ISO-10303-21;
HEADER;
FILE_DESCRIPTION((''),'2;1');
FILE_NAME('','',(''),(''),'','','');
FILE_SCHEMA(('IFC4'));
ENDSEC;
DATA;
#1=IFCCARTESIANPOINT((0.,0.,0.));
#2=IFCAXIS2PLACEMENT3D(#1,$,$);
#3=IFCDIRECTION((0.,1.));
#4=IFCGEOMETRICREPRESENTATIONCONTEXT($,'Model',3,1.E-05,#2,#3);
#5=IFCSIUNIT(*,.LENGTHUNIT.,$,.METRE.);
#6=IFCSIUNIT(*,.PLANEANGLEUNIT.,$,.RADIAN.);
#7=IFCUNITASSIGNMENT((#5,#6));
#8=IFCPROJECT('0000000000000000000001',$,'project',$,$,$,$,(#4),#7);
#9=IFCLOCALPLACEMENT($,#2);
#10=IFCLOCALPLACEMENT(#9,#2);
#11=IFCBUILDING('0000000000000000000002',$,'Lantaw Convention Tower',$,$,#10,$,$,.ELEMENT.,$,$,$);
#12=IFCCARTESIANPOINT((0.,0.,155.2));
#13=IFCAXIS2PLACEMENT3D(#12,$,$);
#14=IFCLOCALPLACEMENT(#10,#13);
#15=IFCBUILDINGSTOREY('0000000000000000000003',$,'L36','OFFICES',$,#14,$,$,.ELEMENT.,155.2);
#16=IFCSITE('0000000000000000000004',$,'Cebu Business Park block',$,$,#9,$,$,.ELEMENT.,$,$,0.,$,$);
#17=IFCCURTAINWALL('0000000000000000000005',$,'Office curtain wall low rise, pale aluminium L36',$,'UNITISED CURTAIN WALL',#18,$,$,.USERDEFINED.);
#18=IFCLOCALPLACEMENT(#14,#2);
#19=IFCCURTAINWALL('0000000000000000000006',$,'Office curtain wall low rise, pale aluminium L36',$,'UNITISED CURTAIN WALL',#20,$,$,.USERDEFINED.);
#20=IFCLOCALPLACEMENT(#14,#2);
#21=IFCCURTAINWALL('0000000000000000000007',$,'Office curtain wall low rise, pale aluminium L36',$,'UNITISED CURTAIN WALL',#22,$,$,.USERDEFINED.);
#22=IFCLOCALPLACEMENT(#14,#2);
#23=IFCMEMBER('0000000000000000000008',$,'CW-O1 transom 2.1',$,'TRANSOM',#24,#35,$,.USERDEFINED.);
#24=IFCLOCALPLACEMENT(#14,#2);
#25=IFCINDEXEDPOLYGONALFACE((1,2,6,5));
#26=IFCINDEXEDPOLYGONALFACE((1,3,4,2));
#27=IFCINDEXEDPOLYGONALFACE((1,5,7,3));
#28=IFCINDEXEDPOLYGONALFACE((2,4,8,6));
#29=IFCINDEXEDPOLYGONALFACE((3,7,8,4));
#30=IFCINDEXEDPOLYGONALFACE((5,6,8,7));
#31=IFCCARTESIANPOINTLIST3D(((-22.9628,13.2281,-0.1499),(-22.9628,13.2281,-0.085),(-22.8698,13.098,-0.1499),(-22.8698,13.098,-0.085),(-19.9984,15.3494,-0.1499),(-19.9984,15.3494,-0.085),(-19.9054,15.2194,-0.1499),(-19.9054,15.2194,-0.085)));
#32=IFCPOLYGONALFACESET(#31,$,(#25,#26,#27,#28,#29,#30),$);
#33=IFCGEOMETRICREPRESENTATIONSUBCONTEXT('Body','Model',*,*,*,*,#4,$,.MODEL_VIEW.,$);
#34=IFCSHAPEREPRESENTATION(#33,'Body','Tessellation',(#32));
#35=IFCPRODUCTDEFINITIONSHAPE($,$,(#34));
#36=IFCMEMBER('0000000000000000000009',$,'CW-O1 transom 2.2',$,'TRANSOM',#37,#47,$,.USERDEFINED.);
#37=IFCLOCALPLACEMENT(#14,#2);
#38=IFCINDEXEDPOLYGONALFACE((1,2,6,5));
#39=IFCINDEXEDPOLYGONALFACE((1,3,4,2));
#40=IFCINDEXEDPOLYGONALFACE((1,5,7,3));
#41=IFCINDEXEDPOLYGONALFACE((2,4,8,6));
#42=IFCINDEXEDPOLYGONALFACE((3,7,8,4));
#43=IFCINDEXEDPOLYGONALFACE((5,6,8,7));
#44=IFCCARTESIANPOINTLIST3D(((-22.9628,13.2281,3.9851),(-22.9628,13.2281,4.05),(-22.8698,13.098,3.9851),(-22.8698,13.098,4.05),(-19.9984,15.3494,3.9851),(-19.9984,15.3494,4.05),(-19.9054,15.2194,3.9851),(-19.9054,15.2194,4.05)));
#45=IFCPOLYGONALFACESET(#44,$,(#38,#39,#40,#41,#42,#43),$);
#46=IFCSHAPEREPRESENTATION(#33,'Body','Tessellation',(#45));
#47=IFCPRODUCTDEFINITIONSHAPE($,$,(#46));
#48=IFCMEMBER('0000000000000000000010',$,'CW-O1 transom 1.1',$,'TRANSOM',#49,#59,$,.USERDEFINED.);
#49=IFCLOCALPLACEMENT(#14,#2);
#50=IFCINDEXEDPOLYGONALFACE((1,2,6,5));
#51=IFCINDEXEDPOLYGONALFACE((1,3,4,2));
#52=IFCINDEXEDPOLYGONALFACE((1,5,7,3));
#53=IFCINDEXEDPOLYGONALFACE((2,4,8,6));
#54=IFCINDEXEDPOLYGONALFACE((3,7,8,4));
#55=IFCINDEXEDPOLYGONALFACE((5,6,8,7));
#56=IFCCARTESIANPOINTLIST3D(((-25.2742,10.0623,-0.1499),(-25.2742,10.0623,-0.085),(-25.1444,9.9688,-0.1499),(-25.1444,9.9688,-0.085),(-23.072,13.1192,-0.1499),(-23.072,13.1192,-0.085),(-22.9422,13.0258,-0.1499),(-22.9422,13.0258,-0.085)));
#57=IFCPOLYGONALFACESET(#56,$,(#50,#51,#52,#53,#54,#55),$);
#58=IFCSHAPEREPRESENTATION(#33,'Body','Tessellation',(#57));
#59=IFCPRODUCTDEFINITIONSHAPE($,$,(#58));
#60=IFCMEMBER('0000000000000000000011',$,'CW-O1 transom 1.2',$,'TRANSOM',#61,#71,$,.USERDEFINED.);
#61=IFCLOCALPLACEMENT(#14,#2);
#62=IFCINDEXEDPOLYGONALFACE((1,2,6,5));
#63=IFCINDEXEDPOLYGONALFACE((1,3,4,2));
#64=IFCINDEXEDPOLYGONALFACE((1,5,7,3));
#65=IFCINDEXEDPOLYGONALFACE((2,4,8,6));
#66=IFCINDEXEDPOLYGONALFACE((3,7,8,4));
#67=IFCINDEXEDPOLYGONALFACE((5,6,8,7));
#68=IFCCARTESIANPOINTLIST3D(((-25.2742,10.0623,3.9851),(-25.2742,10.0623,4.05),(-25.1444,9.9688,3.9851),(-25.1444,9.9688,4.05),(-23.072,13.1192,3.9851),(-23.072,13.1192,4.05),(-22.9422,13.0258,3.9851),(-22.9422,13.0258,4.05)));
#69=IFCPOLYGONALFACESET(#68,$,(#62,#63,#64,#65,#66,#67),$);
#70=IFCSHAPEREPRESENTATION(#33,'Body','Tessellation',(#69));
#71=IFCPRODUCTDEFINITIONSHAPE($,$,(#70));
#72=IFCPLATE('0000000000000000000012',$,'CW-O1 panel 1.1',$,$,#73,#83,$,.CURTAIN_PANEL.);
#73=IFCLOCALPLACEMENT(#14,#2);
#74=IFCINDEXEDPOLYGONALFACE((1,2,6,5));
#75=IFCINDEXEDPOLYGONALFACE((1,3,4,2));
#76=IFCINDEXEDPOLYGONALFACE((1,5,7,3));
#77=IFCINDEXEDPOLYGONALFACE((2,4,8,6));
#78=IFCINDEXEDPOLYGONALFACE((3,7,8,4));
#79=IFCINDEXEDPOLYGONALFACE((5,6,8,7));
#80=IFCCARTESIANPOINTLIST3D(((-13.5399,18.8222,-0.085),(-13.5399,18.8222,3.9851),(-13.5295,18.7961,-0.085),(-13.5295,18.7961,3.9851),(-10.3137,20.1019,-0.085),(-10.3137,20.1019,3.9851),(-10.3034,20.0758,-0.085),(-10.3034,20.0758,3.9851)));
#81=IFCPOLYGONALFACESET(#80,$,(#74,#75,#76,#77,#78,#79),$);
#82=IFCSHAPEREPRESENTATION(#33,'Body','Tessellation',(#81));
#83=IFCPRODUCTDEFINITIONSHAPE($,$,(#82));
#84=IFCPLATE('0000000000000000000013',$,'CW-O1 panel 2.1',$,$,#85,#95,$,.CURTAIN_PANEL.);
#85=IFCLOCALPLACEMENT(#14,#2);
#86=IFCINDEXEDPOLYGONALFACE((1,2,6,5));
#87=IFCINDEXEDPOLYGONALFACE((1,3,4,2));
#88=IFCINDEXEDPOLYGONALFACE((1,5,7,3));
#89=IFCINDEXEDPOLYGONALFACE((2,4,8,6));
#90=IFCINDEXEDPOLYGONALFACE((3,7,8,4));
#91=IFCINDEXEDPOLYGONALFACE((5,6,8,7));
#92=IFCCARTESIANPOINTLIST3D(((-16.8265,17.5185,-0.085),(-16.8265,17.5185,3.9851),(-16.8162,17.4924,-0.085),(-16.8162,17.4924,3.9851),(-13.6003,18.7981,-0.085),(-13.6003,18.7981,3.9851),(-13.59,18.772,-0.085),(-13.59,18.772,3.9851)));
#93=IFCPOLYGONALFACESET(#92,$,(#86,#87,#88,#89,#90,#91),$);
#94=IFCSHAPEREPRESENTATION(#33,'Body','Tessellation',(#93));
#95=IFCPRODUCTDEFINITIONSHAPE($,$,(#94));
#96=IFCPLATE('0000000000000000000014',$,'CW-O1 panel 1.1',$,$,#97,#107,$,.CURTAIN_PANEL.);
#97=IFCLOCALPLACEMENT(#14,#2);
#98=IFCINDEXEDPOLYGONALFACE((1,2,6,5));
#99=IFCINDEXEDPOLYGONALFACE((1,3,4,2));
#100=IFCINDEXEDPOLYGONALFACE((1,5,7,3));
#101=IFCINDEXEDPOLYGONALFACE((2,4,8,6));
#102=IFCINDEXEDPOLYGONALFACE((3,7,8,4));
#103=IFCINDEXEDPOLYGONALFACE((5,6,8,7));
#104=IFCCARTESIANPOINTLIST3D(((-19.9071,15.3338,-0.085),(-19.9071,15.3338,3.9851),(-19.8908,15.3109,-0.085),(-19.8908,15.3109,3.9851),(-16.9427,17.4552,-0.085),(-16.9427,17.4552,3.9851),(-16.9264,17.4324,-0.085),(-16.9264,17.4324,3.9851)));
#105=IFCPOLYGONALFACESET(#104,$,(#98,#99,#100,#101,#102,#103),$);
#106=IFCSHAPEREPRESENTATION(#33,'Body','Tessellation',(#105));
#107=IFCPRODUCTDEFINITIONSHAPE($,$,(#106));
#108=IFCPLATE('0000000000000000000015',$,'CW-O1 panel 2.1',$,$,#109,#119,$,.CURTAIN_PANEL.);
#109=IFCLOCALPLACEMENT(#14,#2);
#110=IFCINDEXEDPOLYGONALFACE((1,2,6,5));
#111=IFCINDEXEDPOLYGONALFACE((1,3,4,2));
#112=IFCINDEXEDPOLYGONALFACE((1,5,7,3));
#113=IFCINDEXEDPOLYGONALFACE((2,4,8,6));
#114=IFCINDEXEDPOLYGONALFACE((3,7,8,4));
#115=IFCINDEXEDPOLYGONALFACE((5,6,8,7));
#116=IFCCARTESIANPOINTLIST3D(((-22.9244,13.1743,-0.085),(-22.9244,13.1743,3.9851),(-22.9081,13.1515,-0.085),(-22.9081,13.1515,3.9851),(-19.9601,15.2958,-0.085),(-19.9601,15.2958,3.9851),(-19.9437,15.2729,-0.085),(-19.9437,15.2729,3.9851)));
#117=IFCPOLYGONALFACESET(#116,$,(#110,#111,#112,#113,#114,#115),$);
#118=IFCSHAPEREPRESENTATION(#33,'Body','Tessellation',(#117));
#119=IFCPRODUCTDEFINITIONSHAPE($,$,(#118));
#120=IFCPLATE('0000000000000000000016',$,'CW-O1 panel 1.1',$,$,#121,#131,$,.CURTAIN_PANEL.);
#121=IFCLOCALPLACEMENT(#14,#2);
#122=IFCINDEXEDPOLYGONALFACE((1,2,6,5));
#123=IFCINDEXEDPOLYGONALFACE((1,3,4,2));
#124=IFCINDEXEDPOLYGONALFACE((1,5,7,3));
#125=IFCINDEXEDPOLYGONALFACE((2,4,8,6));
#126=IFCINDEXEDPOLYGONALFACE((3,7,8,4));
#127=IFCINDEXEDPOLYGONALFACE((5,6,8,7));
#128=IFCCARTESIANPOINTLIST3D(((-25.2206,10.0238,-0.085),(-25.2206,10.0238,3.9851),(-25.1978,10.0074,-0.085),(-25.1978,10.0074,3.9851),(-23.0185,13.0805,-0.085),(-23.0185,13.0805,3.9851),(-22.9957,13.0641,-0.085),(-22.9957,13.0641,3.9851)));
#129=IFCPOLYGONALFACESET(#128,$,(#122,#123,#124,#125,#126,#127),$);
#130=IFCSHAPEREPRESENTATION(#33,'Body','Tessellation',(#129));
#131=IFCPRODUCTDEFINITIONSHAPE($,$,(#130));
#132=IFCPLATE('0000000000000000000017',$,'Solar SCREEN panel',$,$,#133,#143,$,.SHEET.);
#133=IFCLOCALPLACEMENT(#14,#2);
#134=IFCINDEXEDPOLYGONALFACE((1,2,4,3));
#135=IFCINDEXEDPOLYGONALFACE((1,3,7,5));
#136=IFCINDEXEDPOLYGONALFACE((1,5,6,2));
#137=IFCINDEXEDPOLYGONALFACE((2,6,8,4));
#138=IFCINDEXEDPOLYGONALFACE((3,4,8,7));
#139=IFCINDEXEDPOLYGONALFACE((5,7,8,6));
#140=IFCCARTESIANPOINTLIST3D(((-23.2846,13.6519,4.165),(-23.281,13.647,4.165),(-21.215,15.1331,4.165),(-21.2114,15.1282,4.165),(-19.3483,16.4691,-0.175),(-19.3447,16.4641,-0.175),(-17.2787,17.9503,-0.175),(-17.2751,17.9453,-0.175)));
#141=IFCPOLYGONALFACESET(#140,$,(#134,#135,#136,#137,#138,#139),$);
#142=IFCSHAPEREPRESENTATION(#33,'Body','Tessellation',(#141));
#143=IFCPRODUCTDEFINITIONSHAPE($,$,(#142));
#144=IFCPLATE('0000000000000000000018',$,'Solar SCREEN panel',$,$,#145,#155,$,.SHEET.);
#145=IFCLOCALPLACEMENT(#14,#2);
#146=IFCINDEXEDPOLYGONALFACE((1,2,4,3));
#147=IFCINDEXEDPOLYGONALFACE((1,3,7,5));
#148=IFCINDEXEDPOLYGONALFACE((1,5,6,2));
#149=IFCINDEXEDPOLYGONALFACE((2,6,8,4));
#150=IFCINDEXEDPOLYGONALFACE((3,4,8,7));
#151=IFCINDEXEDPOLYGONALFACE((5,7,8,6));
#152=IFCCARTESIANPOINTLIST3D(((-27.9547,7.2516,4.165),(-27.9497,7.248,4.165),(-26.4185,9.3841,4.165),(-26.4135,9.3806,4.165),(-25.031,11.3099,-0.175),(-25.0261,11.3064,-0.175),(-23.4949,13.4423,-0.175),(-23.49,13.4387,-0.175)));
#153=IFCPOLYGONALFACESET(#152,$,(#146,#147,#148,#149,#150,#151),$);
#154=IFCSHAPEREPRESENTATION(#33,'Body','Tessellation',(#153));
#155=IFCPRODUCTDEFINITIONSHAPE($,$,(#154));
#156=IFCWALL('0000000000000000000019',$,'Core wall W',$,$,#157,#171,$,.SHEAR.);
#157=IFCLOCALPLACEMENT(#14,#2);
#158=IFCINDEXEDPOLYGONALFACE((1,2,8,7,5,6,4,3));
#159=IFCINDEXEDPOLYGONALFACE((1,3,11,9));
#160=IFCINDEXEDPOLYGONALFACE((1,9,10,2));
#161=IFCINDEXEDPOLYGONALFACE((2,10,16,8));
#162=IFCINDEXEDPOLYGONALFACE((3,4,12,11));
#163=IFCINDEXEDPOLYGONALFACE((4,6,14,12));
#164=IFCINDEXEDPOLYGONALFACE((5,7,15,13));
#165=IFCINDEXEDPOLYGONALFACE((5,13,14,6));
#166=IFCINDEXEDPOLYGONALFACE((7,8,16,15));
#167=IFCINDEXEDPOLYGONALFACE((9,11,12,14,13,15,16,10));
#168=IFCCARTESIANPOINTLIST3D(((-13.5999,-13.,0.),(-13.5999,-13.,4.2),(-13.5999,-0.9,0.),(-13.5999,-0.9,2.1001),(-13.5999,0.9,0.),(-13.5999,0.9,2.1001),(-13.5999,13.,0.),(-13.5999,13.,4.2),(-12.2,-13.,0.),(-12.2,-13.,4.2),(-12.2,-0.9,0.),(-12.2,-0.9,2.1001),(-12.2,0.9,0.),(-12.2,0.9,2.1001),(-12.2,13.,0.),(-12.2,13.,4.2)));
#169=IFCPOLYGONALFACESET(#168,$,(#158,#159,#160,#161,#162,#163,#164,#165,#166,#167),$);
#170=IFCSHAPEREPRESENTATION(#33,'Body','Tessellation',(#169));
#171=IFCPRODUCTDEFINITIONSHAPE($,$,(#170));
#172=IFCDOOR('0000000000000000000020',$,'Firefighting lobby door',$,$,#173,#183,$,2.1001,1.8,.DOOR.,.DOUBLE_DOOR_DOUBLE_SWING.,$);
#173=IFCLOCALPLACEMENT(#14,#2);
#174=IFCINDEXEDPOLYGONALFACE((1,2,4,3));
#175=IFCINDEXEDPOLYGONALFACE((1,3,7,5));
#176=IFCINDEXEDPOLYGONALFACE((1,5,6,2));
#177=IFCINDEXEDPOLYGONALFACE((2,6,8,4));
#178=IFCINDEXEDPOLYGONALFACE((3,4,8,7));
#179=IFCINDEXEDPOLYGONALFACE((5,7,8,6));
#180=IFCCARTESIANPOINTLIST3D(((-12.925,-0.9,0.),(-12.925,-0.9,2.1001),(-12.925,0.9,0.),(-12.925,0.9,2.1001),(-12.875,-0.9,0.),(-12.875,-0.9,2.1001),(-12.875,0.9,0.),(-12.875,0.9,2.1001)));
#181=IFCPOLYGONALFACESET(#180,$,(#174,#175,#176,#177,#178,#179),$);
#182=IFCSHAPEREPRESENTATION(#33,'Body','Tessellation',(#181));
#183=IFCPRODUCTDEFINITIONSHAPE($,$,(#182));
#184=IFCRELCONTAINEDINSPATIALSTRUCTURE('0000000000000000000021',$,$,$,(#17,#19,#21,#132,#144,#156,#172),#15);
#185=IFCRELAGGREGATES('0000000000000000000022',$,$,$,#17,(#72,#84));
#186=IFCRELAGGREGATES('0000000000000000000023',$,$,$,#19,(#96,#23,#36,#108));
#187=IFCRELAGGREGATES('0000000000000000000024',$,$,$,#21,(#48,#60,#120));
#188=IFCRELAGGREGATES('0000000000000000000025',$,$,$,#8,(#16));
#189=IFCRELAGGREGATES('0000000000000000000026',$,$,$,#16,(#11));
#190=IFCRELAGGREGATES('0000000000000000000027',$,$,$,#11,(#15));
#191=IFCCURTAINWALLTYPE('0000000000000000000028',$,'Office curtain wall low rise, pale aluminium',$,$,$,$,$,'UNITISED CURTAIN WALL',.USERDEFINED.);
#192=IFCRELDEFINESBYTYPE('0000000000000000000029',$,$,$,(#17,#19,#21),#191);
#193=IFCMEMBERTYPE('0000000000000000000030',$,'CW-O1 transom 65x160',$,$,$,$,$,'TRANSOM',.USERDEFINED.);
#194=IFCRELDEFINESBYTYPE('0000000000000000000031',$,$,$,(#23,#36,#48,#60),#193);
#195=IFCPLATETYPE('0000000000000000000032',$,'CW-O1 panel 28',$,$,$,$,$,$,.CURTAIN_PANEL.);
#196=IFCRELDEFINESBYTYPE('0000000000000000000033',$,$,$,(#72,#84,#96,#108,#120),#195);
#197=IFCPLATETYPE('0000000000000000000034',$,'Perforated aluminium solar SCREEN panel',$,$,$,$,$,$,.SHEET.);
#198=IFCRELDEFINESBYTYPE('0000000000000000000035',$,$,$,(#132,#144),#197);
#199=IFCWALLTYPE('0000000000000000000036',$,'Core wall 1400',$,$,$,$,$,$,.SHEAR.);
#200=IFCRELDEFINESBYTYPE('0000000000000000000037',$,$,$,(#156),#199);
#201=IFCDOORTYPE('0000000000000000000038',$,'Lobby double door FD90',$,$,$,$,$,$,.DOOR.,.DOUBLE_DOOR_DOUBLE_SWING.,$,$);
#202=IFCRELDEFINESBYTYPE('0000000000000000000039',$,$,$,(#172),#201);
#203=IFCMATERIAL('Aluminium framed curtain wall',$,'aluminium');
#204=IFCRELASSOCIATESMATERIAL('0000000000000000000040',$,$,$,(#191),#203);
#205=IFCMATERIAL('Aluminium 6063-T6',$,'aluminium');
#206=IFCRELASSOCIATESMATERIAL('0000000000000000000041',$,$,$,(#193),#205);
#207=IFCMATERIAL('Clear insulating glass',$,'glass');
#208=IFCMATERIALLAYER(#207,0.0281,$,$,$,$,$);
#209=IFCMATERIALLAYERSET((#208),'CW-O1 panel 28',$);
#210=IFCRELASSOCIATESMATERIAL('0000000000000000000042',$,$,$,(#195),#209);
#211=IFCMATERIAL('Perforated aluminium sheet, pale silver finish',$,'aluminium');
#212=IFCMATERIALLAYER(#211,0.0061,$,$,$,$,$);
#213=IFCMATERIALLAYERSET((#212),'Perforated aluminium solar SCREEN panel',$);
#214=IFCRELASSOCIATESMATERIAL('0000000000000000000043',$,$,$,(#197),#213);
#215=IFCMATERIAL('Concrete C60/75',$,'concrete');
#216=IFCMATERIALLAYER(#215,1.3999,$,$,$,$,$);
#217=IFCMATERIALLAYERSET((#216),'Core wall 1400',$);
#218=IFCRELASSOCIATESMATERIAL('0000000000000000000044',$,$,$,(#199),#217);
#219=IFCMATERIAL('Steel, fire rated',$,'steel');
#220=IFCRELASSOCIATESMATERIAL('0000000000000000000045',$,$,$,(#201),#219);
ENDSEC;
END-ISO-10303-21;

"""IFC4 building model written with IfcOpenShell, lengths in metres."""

from ifc_helpers import new_model, si_unit, direction, frame, frame_2d, origin, origin_2d, place, context, subcontext, project, spatial, polyline, rectangle, outline, extrude, material, layer, layer_set, material_profile, profile_set, type_object, element, fill, aggregate, save


model = new_model("IFC4")

# Units and contexts
model_context = context("Model", 3, precision=1e-05, world=origin(), true_north=direction((0.0, 1.0)))
body_context = subcontext(model_context, "Body", "Model", "MODEL_VIEW")
ifc_project = project(units=[si_unit("LENGTHUNIT", "METRE"), si_unit("PLANEANGLEUNIT", "RADIAN")], contexts=[model_context])

# Site, building, storey
site_placement = place(None, origin())
site = spatial("IfcSite", under=ifc_project, at=site_placement, Name="Cebu Business Park block", CompositionType="ELEMENT", RefElevation=0.0)
building_placement = place(site_placement, origin())
building = spatial("IfcBuilding", under=site, at=building_placement, Name="Lantaw Convention Tower", CompositionType="ELEMENT")
storey_placement = place(building_placement, frame((0.0, 0.0, 155.2)))
storey = spatial("IfcBuildingStorey", under=building, at=storey_placement, Name="L36", Description="OFFICES", CompositionType="ELEMENT", Elevation=155.2)

# Shared definitions
ifc_material_1 = material(Name="Concrete C60/75", Category="concrete")

# Curtain walls
ifc_material_2 = material(Name="Aluminium framed curtain wall", Category="aluminium")
curtain_wall_type = type_object("IfcCurtainWallType", Name="Office curtain wall low rise, pale aluminium", ElementType="UNITISED CURTAIN WALL", PredefinedType="USERDEFINED", material=ifc_material_2)
curtain_wall_1_placement = place(storey_placement, origin())
curtain_wall_1 = element("IfcCurtainWall", 1, at=curtain_wall_1_placement, inside=storey, type_object=curtain_wall_type, Name="Office curtain wall low rise, pale aluminium L36", ObjectType="UNITISED CURTAIN WALL", PredefinedType="USERDEFINED")
ifc_material_3 = material(Name="Aluminium 6063-T6", Category="aluminium")
curtain_wall_2_placement = place(storey_placement, origin())
curtain_wall_2 = element("IfcCurtainWall", 2, at=curtain_wall_2_placement, inside=storey, type_object=curtain_wall_type, Name="Office curtain wall low rise, pale aluminium L36", ObjectType="UNITISED CURTAIN WALL", PredefinedType="USERDEFINED")
curtain_wall_3_placement = place(storey_placement, origin())
curtain_wall_3 = element("IfcCurtainWall", 3, at=curtain_wall_3_placement, inside=storey, type_object=curtain_wall_type, Name="Office curtain wall low rise, pale aluminium L36", ObjectType="UNITISED CURTAIN WALL", PredefinedType="USERDEFINED")

# Members
ifc_material_profile_1 = material_profile(ifc_material_3, rectangle(XDim=0.1599, YDim=0.0649, at=origin_2d()), Name="CW-O1 transom 65x160")
ifc_profile_set_1 = profile_set([ifc_material_profile_1], Name="Aluminium 6063-T6")
member_type_1 = type_object("IfcMemberType", Name="CW-O1 transom 65x160", ElementType="TRANSOM", PredefinedType="USERDEFINED", material=ifc_profile_set_1)
member_1_placement = place(storey_placement, frame((-19.9519, 15.2844, -0.1174), z_axis=(-0.813222, -0.581954, 0.0), x_axis=(0.581954, -0.813222, 0.0)))
member_1 = element("IfcMember", 4, at=member_1_placement, type_object=member_type_1, Name="CW-O1 transom 2.1", ObjectType="TRANSOM", PredefinedType="USERDEFINED", context=body_context, shape_type="SweptSolid", body=[
    extrude(rectangle(XDim=0.1599, YDim=0.0649, at=origin_2d()), origin(), (0.0, 0.0, 1.0), 3.6453),
])
member_2_placement = place(storey_placement, frame((-19.9519, 15.2844, 4.0176), z_axis=(-0.813222, -0.581954, 0.0), x_axis=(0.581954, -0.813222, 0.0)))
member_2 = element("IfcMember", 5, at=member_2_placement, type_object=member_type_1, Name="CW-O1 transom 2.2", ObjectType="TRANSOM", PredefinedType="USERDEFINED", context=body_context, shape_type="SweptSolid", body=[
    extrude(rectangle(XDim=0.1599, YDim=0.0649, at=origin_2d()), origin(), (0.0, 0.0, 1.0), 3.6453),
])
member_3_placement = place(storey_placement, frame((-23.0071, 13.0725, -0.1174), z_axis=(-0.584513, -0.811384, 0.0), x_axis=(0.811384, -0.584513, 0.0)))
member_3 = element("IfcMember", 6, at=member_3_placement, type_object=member_type_1, Name="CW-O1 transom 1.1", ObjectType="TRANSOM", PredefinedType="USERDEFINED", context=body_context, shape_type="SweptSolid", body=[
    extrude(rectangle(XDim=0.1599, YDim=0.0649, at=origin_2d()), origin(), (0.0, 0.0, 1.0), 3.7676),
])
member_4_placement = place(storey_placement, frame((-23.0071, 13.0725, 4.0176), z_axis=(-0.584513, -0.811384, 0.0), x_axis=(0.811384, -0.584513, 0.0)))
member_4 = element("IfcMember", 7, at=member_4_placement, type_object=member_type_1, Name="CW-O1 transom 1.2", ObjectType="TRANSOM", PredefinedType="USERDEFINED", context=body_context, shape_type="SweptSolid", body=[
    extrude(rectangle(XDim=0.1599, YDim=0.0649, at=origin_2d()), origin(), (0.0, 0.0, 1.0), 3.7676),
])

# Plates
ifc_material_4 = material(Name="Clear insulating glass", Category="glass")
ifc_layer_1 = layer(ifc_material_4, 0.0281)
ifc_layer_set_1 = layer_set([ifc_layer_1], Name="CW-O1 panel 28")
plate_type_1 = type_object("IfcPlateType", Name="CW-O1 panel 28", PredefinedType="CURTAIN_PANEL", material=ifc_layer_set_1)
plate_1_placement = place(storey_placement, frame((-11.9216, 19.449, -0.085), z_axis=(0.0, 0.0, 1.0), x_axis=(-0.929548, -0.368702, 0.0)))
plate_1 = element("IfcPlate", 8, at=plate_1_placement, type_object=plate_type_1, Name="CW-O1 panel 1.1", PredefinedType="CURTAIN_PANEL", context=body_context, shape_type="SweptSolid", body=[
    extrude(rectangle(XDim=3.4707, YDim=0.0281, at=origin_2d()), origin(), (0.0, 0.0, 1.0), 4.0701),
])
plate_2_placement = place(storey_placement, frame((-15.2083, 18.1453, -0.085), z_axis=(0.0, 0.0, 1.0), x_axis=(-0.929548, -0.368702, 0.0)))
plate_2 = element("IfcPlate", 9, at=plate_2_placement, type_object=plate_type_1, Name="CW-O1 panel 2.1", PredefinedType="CURTAIN_PANEL", context=body_context, shape_type="SweptSolid", body=[
    extrude(rectangle(XDim=3.4707, YDim=0.0281, at=origin_2d()), origin(), (0.0, 0.0, 1.0), 4.0701),
])
aggregate(curtain_wall_1, [plate_1, plate_2])
plate_3_placement = place(storey_placement, frame((-18.4167, 16.3831, -0.085), z_axis=(0.0, 0.0, 1.0), x_axis=(-0.813208, -0.581973, 0.0)))
plate_3 = element("IfcPlate", 10, at=plate_3_placement, type_object=plate_type_1, Name="CW-O1 panel 1.1", PredefinedType="CURTAIN_PANEL", context=body_context, shape_type="SweptSolid", body=[
    extrude(rectangle(XDim=3.6453, YDim=0.0281, at=origin_2d()), origin(), (0.0, 0.0, 1.0), 4.0701),
])
plate_4_placement = place(storey_placement, frame((-21.4341, 14.2236, -0.085), z_axis=(0.0, 0.0, 1.0), x_axis=(-0.813208, -0.581973, 0.0)))
plate_4 = element("IfcPlate", 11, at=plate_4_placement, type_object=plate_type_1, Name="CW-O1 panel 2.1", PredefinedType="CURTAIN_PANEL", context=body_context, shape_type="SweptSolid", body=[
    extrude(rectangle(XDim=3.6453, YDim=0.0281, at=origin_2d()), origin(), (0.0, 0.0, 1.0), 4.0701),
])
aggregate(curtain_wall_2, [plate_3, member_1, member_2, plate_4])
plate_5_placement = place(storey_placement, frame((-24.1082, 11.5439, -0.085), z_axis=(0.0, 0.0, 1.0), x_axis=(-0.584513, -0.811385, 0.0)))
plate_5 = element("IfcPlate", 12, at=plate_5_placement, type_object=plate_type_1, Name="CW-O1 panel 1.1", PredefinedType="CURTAIN_PANEL", context=body_context, shape_type="SweptSolid", body=[
    extrude(rectangle(XDim=3.7673, YDim=0.0281, at=origin_2d()), origin(), (0.0, 0.0, 1.0), 4.0701),
])
aggregate(curtain_wall_3, [member_3, member_4, plate_5])

# Plates
ifc_material_5 = material(Name="Perforated aluminium sheet, pale silver finish", Category="aluminium")
ifc_layer_2 = layer(ifc_material_5, 0.0061)
ifc_layer_set_2 = layer_set([ifc_layer_2], Name="Perforated aluminium solar SCREEN panel")
plate_type_2 = type_object("IfcPlateType", Name="Perforated aluminium solar SCREEN panel", PredefinedType="SHEET", material=ifc_layer_set_2)
plate_6_placement = place(storey_placement, frame((-17.2751, 17.9453, -0.175), z_axis=(0.582, -0.813189, 0.000012), x_axis=(-0.813189, -0.582, 0.0)))
element("IfcPlate", 13, at=plate_6_placement, inside=storey, type_object=plate_type_2, Name="Solar SCREEN panel", PredefinedType="SHEET", context=body_context, shape_type="SweptSolid", body=[
    extrude(outline(polyline([(0.0, 0.0), (2.545, 0.0), (7.3855, -4.3401), (4.8405, -4.3401), (0.0, 0.0)])), origin(), (0.0, 0.0, -1.0), 0.0061),
])
plate_7_placement = place(storey_placement, frame((-23.49, 13.4387, -0.175), z_axis=(0.811395, -0.584498, 0.000036), x_axis=(-0.584498, -0.811395, 0.0)))
element("IfcPlate", 14, at=plate_7_placement, inside=storey, type_object=plate_type_2, Name="Solar SCREEN panel", PredefinedType="SHEET", context=body_context, shape_type="SweptSolid", body=[
    extrude(outline(polyline([(0.0, 0.0), (2.628, 0.0), (7.6298, -4.3401), (5.0016, -4.3401), (0.0, 0.0)])), origin(), (0.0, 0.0, -1.0), 0.0061),
])

# Wall, opening, door
ifc_layer_3 = layer(ifc_material_1, 1.3999)
ifc_layer_set_3 = layer_set([ifc_layer_3], Name="Core wall 1400")
wall_type_1 = type_object("IfcWallType", Name="Core wall 1400", PredefinedType="SHEAR", material=ifc_layer_set_3)
wall_1_placement = place(storey_placement, frame((-12.8999, 13.0, 0.0), z_axis=(0.0, 0.0, 1.0), x_axis=(0.0, -1.0, 0.0)))
wall_1 = element("IfcWall", 15, at=wall_1_placement, inside=storey, type_object=wall_type_1, Name="Core wall W", PredefinedType="SHEAR", context=body_context, shape_type="SweptSolid", body=[
    extrude(rectangle(XDim=26.0, YDim=1.3999, at=frame_2d((13.0, 0.0))), origin(), (0.0, 0.0, 1.0), 4.2),
])
opening_placement = place(wall_1_placement, frame((12.1001, 0.0, 0.0)))
opening = element("IfcOpeningElement", 16, at=opening_placement, cuts=wall_1, PredefinedType="OPENING", context=body_context, shape_type="SweptSolid", body=[
    extrude(rectangle(XDim=1.8, YDim=2.1001, at=frame_2d((0.8999, 1.05))), frame((0.0, 0.71, 0.0), z_axis=(0.0, -1.0, 0.0), x_axis=(1.0, 0.0, 0.0)), (0.0, 0.0, 1.0), 1.4199),
])
ifc_material_6 = material(Name="Steel, fire rated", Category="steel")
door_type = type_object("IfcDoorType", Name="Lobby double door FD90", OperationType="DOUBLE_DOOR_DOUBLE_SWING", PredefinedType="DOOR", material=ifc_material_6)
door_placement = place(opening_placement, origin())
door = element("IfcDoor", 17, at=door_placement, inside=storey, type_object=door_type, Name="Firefighting lobby door", OperationType="DOUBLE_DOOR_DOUBLE_SWING", OverallHeight=2.1001, OverallWidth=1.8, PredefinedType="DOOR", context=body_context, shape_type="SweptSolid", body=[
    extrude(rectangle(XDim=1.8, YDim=2.1001, at=frame_2d((0.8999, 1.05))), frame((0.0, 0.0249, 0.0), z_axis=(0.0, -1.0, 0.0), x_axis=(1.0, 0.0, 0.0)), (0.0, 0.0, 1.0), 0.05),
])
fill(opening, door)

save(model, "model.ifc")
